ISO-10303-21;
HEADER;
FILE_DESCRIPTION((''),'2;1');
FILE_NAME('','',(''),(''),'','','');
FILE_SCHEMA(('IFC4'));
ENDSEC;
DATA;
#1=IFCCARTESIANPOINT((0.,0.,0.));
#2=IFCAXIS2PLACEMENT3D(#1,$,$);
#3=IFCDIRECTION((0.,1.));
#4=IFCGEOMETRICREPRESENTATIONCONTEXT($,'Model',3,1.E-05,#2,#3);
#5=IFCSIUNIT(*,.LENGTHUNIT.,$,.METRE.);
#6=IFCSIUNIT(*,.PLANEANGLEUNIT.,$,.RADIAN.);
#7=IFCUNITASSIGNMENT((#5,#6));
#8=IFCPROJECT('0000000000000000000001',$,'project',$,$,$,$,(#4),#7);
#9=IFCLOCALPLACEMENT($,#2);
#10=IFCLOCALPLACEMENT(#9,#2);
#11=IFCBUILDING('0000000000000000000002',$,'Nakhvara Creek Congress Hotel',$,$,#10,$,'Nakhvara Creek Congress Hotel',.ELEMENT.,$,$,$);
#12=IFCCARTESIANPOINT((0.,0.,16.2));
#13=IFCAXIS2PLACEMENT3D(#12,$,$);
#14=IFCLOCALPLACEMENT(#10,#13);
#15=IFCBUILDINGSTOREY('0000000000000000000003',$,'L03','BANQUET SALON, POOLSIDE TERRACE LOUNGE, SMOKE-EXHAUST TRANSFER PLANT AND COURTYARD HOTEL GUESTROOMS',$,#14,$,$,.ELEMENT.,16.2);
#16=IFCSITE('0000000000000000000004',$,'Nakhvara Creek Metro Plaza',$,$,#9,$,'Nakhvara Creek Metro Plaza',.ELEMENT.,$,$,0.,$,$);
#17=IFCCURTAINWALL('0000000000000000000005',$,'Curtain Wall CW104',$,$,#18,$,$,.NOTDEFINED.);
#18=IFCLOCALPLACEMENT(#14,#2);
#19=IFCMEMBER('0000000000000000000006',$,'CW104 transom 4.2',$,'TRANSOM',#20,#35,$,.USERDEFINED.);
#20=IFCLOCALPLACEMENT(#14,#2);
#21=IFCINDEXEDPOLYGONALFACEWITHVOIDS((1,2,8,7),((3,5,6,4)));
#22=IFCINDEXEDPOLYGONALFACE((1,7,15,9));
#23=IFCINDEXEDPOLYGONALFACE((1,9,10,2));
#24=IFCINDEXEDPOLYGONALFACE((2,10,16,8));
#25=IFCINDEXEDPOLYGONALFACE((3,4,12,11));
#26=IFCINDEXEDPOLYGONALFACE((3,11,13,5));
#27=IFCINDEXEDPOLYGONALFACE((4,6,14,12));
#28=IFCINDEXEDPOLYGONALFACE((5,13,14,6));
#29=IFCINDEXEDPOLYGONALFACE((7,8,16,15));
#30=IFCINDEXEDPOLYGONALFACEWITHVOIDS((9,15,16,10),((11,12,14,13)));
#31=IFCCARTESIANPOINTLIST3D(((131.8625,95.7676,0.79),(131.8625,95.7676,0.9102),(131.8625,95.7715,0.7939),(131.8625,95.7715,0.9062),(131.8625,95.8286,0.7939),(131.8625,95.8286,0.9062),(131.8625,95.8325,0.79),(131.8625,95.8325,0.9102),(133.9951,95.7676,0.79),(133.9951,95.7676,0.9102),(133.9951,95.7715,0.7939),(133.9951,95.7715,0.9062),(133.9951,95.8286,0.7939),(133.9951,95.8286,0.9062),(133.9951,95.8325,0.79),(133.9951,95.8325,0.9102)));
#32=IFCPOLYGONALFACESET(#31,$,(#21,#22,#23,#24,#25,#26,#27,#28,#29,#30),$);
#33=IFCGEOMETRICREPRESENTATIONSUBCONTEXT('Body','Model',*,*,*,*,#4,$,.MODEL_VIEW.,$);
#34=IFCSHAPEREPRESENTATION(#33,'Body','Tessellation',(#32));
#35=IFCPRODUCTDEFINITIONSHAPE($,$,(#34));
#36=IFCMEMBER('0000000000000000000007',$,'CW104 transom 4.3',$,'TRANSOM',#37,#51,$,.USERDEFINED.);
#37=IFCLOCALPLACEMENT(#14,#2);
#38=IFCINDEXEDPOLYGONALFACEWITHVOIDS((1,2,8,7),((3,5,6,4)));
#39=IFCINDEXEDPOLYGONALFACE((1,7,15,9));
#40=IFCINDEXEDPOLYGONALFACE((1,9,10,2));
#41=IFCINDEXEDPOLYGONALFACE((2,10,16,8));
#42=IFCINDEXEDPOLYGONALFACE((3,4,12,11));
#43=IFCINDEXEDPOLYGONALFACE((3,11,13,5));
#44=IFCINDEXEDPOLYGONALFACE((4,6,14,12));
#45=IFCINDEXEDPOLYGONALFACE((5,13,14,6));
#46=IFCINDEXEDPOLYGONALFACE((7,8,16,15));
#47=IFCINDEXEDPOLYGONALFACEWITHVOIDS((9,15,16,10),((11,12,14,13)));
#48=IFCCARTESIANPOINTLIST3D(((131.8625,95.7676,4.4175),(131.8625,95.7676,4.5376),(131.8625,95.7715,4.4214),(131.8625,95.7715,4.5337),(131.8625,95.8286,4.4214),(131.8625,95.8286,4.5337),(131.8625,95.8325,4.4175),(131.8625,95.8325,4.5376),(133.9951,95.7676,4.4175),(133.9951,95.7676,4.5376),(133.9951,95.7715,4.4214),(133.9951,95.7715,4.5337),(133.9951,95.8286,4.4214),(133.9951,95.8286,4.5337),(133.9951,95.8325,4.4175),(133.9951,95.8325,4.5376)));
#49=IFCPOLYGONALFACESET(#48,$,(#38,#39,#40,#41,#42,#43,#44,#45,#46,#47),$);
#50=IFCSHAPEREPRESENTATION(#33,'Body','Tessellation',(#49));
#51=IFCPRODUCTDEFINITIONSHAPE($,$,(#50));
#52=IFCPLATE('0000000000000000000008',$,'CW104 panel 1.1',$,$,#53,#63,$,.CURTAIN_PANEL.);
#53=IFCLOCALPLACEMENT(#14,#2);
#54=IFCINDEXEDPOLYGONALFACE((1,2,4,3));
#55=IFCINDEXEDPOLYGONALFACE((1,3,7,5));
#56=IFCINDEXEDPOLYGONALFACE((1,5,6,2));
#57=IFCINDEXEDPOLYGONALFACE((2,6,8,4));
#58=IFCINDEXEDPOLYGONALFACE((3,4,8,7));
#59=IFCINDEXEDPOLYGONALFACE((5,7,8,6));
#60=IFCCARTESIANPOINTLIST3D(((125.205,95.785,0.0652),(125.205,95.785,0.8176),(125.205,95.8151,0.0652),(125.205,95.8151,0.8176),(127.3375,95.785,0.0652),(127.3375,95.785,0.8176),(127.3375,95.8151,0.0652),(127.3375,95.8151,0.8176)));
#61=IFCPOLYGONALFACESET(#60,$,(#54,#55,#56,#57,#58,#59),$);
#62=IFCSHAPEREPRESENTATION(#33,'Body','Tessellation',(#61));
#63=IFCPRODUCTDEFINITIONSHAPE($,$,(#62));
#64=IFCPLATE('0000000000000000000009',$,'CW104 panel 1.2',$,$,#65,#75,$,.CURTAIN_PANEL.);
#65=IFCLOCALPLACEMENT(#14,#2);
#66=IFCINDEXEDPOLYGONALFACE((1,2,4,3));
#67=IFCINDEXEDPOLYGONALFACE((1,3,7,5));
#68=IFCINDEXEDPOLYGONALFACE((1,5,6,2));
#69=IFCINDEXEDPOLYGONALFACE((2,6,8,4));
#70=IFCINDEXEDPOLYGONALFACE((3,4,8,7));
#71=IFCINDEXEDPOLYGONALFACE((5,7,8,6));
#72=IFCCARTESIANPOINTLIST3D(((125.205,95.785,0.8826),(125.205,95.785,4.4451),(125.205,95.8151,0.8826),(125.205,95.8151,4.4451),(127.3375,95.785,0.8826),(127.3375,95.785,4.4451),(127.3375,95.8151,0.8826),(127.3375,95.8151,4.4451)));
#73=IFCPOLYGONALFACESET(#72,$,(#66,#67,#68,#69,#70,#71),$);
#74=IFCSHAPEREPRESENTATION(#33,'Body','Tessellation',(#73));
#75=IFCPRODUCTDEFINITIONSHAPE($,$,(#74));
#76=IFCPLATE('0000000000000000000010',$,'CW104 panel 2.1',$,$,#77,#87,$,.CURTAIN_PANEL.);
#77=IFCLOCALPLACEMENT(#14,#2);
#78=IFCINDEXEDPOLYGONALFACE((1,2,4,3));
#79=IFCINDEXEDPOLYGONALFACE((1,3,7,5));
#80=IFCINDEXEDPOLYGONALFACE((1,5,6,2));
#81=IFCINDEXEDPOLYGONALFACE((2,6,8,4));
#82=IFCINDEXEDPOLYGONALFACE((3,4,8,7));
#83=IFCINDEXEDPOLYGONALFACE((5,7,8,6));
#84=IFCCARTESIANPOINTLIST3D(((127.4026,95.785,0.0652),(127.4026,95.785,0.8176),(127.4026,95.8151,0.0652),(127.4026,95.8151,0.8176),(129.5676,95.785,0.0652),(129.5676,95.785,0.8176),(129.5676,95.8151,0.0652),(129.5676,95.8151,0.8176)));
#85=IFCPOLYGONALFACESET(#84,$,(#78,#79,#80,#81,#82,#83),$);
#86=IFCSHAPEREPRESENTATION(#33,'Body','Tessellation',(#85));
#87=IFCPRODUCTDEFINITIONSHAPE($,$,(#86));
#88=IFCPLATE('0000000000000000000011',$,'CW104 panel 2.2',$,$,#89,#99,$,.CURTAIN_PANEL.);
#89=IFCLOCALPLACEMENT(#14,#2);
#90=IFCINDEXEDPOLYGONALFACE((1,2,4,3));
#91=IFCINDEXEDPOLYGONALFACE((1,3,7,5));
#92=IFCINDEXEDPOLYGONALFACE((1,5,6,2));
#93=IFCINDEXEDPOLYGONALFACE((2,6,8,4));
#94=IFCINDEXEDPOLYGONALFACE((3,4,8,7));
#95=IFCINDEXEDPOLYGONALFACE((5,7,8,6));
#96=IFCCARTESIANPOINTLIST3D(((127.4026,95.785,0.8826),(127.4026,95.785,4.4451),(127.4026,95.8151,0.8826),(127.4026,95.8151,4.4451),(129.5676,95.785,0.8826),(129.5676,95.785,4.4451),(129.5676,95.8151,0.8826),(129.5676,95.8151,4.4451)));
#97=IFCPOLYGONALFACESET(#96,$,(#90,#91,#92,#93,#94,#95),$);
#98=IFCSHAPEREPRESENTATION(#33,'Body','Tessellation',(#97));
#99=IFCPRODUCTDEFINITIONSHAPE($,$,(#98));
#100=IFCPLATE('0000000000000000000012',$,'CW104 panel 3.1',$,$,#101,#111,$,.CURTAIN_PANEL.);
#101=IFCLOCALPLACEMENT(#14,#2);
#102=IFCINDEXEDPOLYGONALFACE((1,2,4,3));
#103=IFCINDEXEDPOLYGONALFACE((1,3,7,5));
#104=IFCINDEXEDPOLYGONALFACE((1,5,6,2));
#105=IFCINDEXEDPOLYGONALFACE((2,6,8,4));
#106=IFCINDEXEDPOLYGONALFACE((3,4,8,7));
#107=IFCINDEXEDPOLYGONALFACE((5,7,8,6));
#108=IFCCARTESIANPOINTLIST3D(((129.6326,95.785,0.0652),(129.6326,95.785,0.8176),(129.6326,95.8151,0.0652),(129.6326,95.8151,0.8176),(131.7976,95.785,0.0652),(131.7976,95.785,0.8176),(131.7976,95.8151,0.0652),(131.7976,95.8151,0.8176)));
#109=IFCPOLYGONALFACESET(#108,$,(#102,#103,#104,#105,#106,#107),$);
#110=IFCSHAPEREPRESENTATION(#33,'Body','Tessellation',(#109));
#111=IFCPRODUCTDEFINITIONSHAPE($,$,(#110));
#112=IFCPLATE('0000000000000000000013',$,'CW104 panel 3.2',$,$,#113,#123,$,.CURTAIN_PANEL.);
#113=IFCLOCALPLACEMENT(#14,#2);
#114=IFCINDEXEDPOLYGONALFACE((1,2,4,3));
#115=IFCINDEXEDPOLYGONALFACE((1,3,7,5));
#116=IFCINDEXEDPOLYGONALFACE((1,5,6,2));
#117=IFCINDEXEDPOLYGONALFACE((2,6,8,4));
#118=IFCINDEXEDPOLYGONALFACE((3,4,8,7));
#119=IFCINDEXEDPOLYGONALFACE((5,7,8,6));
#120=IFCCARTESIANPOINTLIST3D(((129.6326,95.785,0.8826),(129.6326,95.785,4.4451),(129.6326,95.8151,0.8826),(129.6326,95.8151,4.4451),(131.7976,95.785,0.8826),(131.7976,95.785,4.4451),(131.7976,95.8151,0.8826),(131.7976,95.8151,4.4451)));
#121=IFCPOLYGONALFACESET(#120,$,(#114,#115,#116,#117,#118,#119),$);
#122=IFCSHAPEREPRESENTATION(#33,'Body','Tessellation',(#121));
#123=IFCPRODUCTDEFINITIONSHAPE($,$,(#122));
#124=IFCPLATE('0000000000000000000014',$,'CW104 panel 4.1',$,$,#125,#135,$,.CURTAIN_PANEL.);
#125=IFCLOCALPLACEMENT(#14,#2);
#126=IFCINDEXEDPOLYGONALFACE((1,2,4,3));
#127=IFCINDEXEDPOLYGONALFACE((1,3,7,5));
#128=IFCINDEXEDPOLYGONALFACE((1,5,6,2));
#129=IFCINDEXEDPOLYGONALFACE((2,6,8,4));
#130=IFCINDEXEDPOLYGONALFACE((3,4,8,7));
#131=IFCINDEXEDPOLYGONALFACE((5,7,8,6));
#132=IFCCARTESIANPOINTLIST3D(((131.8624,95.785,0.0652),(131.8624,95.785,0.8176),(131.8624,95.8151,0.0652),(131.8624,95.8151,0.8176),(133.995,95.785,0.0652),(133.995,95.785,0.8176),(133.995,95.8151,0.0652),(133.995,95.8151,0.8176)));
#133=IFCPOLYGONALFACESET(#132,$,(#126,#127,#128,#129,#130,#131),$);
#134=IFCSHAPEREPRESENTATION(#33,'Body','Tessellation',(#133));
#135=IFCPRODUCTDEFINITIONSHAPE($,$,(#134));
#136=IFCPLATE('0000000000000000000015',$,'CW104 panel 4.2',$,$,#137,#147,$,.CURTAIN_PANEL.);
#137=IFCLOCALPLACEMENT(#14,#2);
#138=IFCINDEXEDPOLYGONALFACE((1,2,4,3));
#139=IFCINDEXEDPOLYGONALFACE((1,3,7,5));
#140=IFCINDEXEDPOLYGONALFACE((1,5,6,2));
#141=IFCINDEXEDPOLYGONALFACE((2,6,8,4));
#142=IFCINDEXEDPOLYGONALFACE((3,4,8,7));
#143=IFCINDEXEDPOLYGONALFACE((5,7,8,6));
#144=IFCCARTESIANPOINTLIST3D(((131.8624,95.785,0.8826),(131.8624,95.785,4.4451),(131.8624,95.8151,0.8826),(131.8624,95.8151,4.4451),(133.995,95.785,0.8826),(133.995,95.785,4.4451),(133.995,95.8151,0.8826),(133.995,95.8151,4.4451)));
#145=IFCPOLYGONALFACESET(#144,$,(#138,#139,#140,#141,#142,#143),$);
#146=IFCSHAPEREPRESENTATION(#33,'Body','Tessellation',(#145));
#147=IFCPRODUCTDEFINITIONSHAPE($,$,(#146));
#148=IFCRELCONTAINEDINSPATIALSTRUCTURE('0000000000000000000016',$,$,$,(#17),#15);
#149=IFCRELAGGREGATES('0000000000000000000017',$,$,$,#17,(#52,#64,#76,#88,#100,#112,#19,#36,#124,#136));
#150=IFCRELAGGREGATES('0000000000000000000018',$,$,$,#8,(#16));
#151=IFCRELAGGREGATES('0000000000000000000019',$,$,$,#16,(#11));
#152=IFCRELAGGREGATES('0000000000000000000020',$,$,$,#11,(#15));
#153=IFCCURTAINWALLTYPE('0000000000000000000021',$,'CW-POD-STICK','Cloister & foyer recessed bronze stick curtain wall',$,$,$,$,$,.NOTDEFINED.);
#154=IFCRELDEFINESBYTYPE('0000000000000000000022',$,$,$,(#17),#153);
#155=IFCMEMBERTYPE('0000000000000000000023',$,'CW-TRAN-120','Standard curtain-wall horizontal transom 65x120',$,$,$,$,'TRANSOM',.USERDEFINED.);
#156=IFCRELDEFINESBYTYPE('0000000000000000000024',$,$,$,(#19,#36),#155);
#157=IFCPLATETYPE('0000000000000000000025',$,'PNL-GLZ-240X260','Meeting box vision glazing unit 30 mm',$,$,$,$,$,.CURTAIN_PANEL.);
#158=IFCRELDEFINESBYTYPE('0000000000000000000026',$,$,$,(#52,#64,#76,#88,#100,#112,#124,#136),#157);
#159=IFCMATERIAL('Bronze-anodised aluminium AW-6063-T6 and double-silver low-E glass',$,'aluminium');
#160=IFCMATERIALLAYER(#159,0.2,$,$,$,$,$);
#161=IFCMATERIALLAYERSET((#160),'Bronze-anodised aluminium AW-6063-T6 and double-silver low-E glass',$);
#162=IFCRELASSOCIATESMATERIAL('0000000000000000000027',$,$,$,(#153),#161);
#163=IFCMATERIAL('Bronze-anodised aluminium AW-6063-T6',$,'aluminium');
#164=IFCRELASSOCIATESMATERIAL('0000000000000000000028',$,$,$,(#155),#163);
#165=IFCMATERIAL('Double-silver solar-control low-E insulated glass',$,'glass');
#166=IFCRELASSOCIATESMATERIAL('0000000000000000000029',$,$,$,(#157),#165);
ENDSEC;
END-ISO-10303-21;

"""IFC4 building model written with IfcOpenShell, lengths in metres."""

from ifc_helpers import new_model, si_unit, direction, frame, origin, origin_2d, place, context, subcontext, project, spatial, rectangle, hollow_rectangle, extrude, material, layer, layer_set, material_profile, profile_set, type_object, element, aggregate, save


model = new_model("IFC4")

# Units and contexts
model_context = context("Model", 3, precision=1e-05, world=origin(), true_north=direction((0.0, 1.0)))
body_context = subcontext(model_context, "Body", "Model", "MODEL_VIEW")
ifc_project = project(units=[si_unit("LENGTHUNIT", "METRE"), si_unit("PLANEANGLEUNIT", "RADIAN")], contexts=[model_context])

# Site, building, storey
site_placement = place(None, origin())
site = spatial("IfcSite", under=ifc_project, at=site_placement, Name="Nakhvara Creek Metro Plaza", LongName="Nakhvara Creek Metro Plaza", CompositionType="ELEMENT", RefElevation=0.0)
building_placement = place(site_placement, origin())
building = spatial("IfcBuilding", under=site, at=building_placement, Name="Nakhvara Creek Congress Hotel", LongName="Nakhvara Creek Congress Hotel", CompositionType="ELEMENT")
storey_placement = place(building_placement, frame((0.0, 0.0, 16.2)))
storey = spatial("IfcBuildingStorey", under=building, at=storey_placement, Name="L03", Description="BANQUET SALON, POOLSIDE TERRACE LOUNGE, SMOKE-EXHAUST TRANSFER PLANT AND COURTYARD HOTEL GUESTROOMS", CompositionType="ELEMENT", Elevation=16.2)

# Curtain wall, members, plates
ifc_material_1 = material(Name="Bronze-anodised aluminium AW-6063-T6 and double-silver low-E glass", Category="aluminium")
ifc_layer = layer(ifc_material_1, 0.2)
ifc_layer_set = layer_set([ifc_layer], Name="Bronze-anodised aluminium AW-6063-T6 and double-silver low-E glass")
curtain_wall_type = type_object("IfcCurtainWallType", Name="CW-POD-STICK", Description="Cloister & foyer recessed bronze stick curtain wall", PredefinedType="NOTDEFINED", material=ifc_layer_set)
curtain_wall_placement = place(storey_placement, origin())
curtain_wall = element("IfcCurtainWall", 1, at=curtain_wall_placement, inside=storey, type_object=curtain_wall_type, Name="Curtain Wall CW104", PredefinedType="NOTDEFINED")
ifc_material_2 = material(Name="Bronze-anodised aluminium AW-6063-T6", Category="aluminium")
ifc_material_profile_1 = material_profile(ifc_material_2, hollow_rectangle(XDim=0.0649, YDim=0.1201, WallThickness=0.0039, at=origin_2d()), Name="ALU-TRAN 65x120x4", Category="LoadBearing")
ifc_profile_set_1 = profile_set([ifc_material_profile_1], Name="Bronze-anodised aluminium AW-6063-T6")
member_type_1 = type_object("IfcMemberType", Name="CW-TRAN-120", Description="Standard curtain-wall horizontal transom 65x120", ElementType="TRANSOM", PredefinedType="USERDEFINED", material=ifc_profile_set_1)
member_1_placement = place(storey_placement, frame((131.8625, 95.8, 0.8501), z_axis=(1.0, 0.0, 0.0), x_axis=(0.0, 1.0, 0.0)))
member_1 = element("IfcMember", 2, at=member_1_placement, type_object=member_type_1, Name="CW104 transom 4.2", ObjectType="TRANSOM", PredefinedType="USERDEFINED", context=body_context, shape_type="SweptSolid", body=[
    extrude(hollow_rectangle(XDim=0.0649, YDim=0.1201, WallThickness=0.0039, at=origin_2d()), origin(), (0.0, 0.0, 1.0), 2.1326),
])
member_2_placement = place(storey_placement, frame((131.8625, 95.8, 4.4775), z_axis=(1.0, 0.0, 0.0), x_axis=(0.0, 1.0, 0.0)))
member_2 = element("IfcMember", 3, at=member_2_placement, type_object=member_type_1, Name="CW104 transom 4.3", ObjectType="TRANSOM", PredefinedType="USERDEFINED", context=body_context, shape_type="SweptSolid", body=[
    extrude(hollow_rectangle(XDim=0.0649, YDim=0.1201, WallThickness=0.0039, at=origin_2d()), origin(), (0.0, 0.0, 1.0), 2.1326),
])
ifc_material_3 = material(Name="Double-silver solar-control low-E insulated glass", Category="glass")
plate_type = type_object("IfcPlateType", Name="PNL-GLZ-240X260", Description="Meeting box vision glazing unit 30 mm", PredefinedType="CURTAIN_PANEL", material=ifc_material_3)
plate_1_placement = place(storey_placement, frame((126.2712, 95.8, 0.0652), z_axis=(0.0, 0.0, 1.0), x_axis=(1.0, 0.0, 0.0)))
plate_1 = element("IfcPlate", 4, at=plate_1_placement, type_object=plate_type, Name="CW104 panel 1.1", PredefinedType="CURTAIN_PANEL", context=body_context, shape_type="SweptSolid", body=[
    extrude(rectangle(XDim=2.1326, YDim=0.03, at=origin_2d()), origin(), (0.0, 0.0, 1.0), 0.7524),
])
plate_2_placement = place(storey_placement, frame((126.2712, 95.8, 0.8826), z_axis=(0.0, 0.0, 1.0), x_axis=(1.0, 0.0, 0.0)))
plate_2 = element("IfcPlate", 5, at=plate_2_placement, type_object=plate_type, Name="CW104 panel 1.2", PredefinedType="CURTAIN_PANEL", context=body_context, shape_type="SweptSolid", body=[
    extrude(rectangle(XDim=2.1326, YDim=0.03, at=origin_2d()), origin(), (0.0, 0.0, 1.0), 3.5625),
])
plate_3_placement = place(storey_placement, frame((128.4851, 95.8, 0.0652), z_axis=(0.0, 0.0, 1.0), x_axis=(1.0, 0.0, 0.0)))
plate_3 = element("IfcPlate", 6, at=plate_3_placement, type_object=plate_type, Name="CW104 panel 2.1", PredefinedType="CURTAIN_PANEL", context=body_context, shape_type="SweptSolid", body=[
    extrude(rectangle(XDim=2.165, YDim=0.03, at=origin_2d()), origin(), (0.0, 0.0, 1.0), 0.7524),
])
plate_4_placement = place(storey_placement, frame((128.4851, 95.8, 0.8826), z_axis=(0.0, 0.0, 1.0), x_axis=(1.0, 0.0, 0.0)))
plate_4 = element("IfcPlate", 7, at=plate_4_placement, type_object=plate_type, Name="CW104 panel 2.2", PredefinedType="CURTAIN_PANEL", context=body_context, shape_type="SweptSolid", body=[
    extrude(rectangle(XDim=2.165, YDim=0.03, at=origin_2d()), origin(), (0.0, 0.0, 1.0), 3.5625),
])
plate_5_placement = place(storey_placement, frame((130.7151, 95.8, 0.0652), z_axis=(0.0, 0.0, 1.0), x_axis=(1.0, 0.0, 0.0)))
plate_5 = element("IfcPlate", 8, at=plate_5_placement, type_object=plate_type, Name="CW104 panel 3.1", PredefinedType="CURTAIN_PANEL", context=body_context, shape_type="SweptSolid", body=[
    extrude(rectangle(XDim=2.165, YDim=0.03, at=origin_2d()), origin(), (0.0, 0.0, 1.0), 0.7524),
])
plate_6_placement = place(storey_placement, frame((130.7151, 95.8, 0.8826), z_axis=(0.0, 0.0, 1.0), x_axis=(1.0, 0.0, 0.0)))
plate_6 = element("IfcPlate", 9, at=plate_6_placement, type_object=plate_type, Name="CW104 panel 3.2", PredefinedType="CURTAIN_PANEL", context=body_context, shape_type="SweptSolid", body=[
    extrude(rectangle(XDim=2.165, YDim=0.03, at=origin_2d()), origin(), (0.0, 0.0, 1.0), 3.5625),
])
plate_7_placement = place(storey_placement, frame((132.9287, 95.8, 0.0652), z_axis=(0.0, 0.0, 1.0), x_axis=(1.0, 0.0, 0.0)))
plate_7 = element("IfcPlate", 10, at=plate_7_placement, type_object=plate_type, Name="CW104 panel 4.1", PredefinedType="CURTAIN_PANEL", context=body_context, shape_type="SweptSolid", body=[
    extrude(rectangle(XDim=2.1326, YDim=0.03, at=origin_2d()), origin(), (0.0, 0.0, 1.0), 0.7524),
])
plate_8_placement = place(storey_placement, frame((132.9287, 95.8, 0.8826), z_axis=(0.0, 0.0, 1.0), x_axis=(1.0, 0.0, 0.0)))
plate_8 = element("IfcPlate", 11, at=plate_8_placement, type_object=plate_type, Name="CW104 panel 4.2", PredefinedType="CURTAIN_PANEL", context=body_context, shape_type="SweptSolid", body=[
    extrude(rectangle(XDim=2.1326, YDim=0.03, at=origin_2d()), origin(), (0.0, 0.0, 1.0), 3.5625),
])
aggregate(curtain_wall, [plate_1, plate_2, plate_3, plate_4, plate_5, plate_6, member_1, member_2, plate_7, plate_8])

save(model, "model.ifc")
